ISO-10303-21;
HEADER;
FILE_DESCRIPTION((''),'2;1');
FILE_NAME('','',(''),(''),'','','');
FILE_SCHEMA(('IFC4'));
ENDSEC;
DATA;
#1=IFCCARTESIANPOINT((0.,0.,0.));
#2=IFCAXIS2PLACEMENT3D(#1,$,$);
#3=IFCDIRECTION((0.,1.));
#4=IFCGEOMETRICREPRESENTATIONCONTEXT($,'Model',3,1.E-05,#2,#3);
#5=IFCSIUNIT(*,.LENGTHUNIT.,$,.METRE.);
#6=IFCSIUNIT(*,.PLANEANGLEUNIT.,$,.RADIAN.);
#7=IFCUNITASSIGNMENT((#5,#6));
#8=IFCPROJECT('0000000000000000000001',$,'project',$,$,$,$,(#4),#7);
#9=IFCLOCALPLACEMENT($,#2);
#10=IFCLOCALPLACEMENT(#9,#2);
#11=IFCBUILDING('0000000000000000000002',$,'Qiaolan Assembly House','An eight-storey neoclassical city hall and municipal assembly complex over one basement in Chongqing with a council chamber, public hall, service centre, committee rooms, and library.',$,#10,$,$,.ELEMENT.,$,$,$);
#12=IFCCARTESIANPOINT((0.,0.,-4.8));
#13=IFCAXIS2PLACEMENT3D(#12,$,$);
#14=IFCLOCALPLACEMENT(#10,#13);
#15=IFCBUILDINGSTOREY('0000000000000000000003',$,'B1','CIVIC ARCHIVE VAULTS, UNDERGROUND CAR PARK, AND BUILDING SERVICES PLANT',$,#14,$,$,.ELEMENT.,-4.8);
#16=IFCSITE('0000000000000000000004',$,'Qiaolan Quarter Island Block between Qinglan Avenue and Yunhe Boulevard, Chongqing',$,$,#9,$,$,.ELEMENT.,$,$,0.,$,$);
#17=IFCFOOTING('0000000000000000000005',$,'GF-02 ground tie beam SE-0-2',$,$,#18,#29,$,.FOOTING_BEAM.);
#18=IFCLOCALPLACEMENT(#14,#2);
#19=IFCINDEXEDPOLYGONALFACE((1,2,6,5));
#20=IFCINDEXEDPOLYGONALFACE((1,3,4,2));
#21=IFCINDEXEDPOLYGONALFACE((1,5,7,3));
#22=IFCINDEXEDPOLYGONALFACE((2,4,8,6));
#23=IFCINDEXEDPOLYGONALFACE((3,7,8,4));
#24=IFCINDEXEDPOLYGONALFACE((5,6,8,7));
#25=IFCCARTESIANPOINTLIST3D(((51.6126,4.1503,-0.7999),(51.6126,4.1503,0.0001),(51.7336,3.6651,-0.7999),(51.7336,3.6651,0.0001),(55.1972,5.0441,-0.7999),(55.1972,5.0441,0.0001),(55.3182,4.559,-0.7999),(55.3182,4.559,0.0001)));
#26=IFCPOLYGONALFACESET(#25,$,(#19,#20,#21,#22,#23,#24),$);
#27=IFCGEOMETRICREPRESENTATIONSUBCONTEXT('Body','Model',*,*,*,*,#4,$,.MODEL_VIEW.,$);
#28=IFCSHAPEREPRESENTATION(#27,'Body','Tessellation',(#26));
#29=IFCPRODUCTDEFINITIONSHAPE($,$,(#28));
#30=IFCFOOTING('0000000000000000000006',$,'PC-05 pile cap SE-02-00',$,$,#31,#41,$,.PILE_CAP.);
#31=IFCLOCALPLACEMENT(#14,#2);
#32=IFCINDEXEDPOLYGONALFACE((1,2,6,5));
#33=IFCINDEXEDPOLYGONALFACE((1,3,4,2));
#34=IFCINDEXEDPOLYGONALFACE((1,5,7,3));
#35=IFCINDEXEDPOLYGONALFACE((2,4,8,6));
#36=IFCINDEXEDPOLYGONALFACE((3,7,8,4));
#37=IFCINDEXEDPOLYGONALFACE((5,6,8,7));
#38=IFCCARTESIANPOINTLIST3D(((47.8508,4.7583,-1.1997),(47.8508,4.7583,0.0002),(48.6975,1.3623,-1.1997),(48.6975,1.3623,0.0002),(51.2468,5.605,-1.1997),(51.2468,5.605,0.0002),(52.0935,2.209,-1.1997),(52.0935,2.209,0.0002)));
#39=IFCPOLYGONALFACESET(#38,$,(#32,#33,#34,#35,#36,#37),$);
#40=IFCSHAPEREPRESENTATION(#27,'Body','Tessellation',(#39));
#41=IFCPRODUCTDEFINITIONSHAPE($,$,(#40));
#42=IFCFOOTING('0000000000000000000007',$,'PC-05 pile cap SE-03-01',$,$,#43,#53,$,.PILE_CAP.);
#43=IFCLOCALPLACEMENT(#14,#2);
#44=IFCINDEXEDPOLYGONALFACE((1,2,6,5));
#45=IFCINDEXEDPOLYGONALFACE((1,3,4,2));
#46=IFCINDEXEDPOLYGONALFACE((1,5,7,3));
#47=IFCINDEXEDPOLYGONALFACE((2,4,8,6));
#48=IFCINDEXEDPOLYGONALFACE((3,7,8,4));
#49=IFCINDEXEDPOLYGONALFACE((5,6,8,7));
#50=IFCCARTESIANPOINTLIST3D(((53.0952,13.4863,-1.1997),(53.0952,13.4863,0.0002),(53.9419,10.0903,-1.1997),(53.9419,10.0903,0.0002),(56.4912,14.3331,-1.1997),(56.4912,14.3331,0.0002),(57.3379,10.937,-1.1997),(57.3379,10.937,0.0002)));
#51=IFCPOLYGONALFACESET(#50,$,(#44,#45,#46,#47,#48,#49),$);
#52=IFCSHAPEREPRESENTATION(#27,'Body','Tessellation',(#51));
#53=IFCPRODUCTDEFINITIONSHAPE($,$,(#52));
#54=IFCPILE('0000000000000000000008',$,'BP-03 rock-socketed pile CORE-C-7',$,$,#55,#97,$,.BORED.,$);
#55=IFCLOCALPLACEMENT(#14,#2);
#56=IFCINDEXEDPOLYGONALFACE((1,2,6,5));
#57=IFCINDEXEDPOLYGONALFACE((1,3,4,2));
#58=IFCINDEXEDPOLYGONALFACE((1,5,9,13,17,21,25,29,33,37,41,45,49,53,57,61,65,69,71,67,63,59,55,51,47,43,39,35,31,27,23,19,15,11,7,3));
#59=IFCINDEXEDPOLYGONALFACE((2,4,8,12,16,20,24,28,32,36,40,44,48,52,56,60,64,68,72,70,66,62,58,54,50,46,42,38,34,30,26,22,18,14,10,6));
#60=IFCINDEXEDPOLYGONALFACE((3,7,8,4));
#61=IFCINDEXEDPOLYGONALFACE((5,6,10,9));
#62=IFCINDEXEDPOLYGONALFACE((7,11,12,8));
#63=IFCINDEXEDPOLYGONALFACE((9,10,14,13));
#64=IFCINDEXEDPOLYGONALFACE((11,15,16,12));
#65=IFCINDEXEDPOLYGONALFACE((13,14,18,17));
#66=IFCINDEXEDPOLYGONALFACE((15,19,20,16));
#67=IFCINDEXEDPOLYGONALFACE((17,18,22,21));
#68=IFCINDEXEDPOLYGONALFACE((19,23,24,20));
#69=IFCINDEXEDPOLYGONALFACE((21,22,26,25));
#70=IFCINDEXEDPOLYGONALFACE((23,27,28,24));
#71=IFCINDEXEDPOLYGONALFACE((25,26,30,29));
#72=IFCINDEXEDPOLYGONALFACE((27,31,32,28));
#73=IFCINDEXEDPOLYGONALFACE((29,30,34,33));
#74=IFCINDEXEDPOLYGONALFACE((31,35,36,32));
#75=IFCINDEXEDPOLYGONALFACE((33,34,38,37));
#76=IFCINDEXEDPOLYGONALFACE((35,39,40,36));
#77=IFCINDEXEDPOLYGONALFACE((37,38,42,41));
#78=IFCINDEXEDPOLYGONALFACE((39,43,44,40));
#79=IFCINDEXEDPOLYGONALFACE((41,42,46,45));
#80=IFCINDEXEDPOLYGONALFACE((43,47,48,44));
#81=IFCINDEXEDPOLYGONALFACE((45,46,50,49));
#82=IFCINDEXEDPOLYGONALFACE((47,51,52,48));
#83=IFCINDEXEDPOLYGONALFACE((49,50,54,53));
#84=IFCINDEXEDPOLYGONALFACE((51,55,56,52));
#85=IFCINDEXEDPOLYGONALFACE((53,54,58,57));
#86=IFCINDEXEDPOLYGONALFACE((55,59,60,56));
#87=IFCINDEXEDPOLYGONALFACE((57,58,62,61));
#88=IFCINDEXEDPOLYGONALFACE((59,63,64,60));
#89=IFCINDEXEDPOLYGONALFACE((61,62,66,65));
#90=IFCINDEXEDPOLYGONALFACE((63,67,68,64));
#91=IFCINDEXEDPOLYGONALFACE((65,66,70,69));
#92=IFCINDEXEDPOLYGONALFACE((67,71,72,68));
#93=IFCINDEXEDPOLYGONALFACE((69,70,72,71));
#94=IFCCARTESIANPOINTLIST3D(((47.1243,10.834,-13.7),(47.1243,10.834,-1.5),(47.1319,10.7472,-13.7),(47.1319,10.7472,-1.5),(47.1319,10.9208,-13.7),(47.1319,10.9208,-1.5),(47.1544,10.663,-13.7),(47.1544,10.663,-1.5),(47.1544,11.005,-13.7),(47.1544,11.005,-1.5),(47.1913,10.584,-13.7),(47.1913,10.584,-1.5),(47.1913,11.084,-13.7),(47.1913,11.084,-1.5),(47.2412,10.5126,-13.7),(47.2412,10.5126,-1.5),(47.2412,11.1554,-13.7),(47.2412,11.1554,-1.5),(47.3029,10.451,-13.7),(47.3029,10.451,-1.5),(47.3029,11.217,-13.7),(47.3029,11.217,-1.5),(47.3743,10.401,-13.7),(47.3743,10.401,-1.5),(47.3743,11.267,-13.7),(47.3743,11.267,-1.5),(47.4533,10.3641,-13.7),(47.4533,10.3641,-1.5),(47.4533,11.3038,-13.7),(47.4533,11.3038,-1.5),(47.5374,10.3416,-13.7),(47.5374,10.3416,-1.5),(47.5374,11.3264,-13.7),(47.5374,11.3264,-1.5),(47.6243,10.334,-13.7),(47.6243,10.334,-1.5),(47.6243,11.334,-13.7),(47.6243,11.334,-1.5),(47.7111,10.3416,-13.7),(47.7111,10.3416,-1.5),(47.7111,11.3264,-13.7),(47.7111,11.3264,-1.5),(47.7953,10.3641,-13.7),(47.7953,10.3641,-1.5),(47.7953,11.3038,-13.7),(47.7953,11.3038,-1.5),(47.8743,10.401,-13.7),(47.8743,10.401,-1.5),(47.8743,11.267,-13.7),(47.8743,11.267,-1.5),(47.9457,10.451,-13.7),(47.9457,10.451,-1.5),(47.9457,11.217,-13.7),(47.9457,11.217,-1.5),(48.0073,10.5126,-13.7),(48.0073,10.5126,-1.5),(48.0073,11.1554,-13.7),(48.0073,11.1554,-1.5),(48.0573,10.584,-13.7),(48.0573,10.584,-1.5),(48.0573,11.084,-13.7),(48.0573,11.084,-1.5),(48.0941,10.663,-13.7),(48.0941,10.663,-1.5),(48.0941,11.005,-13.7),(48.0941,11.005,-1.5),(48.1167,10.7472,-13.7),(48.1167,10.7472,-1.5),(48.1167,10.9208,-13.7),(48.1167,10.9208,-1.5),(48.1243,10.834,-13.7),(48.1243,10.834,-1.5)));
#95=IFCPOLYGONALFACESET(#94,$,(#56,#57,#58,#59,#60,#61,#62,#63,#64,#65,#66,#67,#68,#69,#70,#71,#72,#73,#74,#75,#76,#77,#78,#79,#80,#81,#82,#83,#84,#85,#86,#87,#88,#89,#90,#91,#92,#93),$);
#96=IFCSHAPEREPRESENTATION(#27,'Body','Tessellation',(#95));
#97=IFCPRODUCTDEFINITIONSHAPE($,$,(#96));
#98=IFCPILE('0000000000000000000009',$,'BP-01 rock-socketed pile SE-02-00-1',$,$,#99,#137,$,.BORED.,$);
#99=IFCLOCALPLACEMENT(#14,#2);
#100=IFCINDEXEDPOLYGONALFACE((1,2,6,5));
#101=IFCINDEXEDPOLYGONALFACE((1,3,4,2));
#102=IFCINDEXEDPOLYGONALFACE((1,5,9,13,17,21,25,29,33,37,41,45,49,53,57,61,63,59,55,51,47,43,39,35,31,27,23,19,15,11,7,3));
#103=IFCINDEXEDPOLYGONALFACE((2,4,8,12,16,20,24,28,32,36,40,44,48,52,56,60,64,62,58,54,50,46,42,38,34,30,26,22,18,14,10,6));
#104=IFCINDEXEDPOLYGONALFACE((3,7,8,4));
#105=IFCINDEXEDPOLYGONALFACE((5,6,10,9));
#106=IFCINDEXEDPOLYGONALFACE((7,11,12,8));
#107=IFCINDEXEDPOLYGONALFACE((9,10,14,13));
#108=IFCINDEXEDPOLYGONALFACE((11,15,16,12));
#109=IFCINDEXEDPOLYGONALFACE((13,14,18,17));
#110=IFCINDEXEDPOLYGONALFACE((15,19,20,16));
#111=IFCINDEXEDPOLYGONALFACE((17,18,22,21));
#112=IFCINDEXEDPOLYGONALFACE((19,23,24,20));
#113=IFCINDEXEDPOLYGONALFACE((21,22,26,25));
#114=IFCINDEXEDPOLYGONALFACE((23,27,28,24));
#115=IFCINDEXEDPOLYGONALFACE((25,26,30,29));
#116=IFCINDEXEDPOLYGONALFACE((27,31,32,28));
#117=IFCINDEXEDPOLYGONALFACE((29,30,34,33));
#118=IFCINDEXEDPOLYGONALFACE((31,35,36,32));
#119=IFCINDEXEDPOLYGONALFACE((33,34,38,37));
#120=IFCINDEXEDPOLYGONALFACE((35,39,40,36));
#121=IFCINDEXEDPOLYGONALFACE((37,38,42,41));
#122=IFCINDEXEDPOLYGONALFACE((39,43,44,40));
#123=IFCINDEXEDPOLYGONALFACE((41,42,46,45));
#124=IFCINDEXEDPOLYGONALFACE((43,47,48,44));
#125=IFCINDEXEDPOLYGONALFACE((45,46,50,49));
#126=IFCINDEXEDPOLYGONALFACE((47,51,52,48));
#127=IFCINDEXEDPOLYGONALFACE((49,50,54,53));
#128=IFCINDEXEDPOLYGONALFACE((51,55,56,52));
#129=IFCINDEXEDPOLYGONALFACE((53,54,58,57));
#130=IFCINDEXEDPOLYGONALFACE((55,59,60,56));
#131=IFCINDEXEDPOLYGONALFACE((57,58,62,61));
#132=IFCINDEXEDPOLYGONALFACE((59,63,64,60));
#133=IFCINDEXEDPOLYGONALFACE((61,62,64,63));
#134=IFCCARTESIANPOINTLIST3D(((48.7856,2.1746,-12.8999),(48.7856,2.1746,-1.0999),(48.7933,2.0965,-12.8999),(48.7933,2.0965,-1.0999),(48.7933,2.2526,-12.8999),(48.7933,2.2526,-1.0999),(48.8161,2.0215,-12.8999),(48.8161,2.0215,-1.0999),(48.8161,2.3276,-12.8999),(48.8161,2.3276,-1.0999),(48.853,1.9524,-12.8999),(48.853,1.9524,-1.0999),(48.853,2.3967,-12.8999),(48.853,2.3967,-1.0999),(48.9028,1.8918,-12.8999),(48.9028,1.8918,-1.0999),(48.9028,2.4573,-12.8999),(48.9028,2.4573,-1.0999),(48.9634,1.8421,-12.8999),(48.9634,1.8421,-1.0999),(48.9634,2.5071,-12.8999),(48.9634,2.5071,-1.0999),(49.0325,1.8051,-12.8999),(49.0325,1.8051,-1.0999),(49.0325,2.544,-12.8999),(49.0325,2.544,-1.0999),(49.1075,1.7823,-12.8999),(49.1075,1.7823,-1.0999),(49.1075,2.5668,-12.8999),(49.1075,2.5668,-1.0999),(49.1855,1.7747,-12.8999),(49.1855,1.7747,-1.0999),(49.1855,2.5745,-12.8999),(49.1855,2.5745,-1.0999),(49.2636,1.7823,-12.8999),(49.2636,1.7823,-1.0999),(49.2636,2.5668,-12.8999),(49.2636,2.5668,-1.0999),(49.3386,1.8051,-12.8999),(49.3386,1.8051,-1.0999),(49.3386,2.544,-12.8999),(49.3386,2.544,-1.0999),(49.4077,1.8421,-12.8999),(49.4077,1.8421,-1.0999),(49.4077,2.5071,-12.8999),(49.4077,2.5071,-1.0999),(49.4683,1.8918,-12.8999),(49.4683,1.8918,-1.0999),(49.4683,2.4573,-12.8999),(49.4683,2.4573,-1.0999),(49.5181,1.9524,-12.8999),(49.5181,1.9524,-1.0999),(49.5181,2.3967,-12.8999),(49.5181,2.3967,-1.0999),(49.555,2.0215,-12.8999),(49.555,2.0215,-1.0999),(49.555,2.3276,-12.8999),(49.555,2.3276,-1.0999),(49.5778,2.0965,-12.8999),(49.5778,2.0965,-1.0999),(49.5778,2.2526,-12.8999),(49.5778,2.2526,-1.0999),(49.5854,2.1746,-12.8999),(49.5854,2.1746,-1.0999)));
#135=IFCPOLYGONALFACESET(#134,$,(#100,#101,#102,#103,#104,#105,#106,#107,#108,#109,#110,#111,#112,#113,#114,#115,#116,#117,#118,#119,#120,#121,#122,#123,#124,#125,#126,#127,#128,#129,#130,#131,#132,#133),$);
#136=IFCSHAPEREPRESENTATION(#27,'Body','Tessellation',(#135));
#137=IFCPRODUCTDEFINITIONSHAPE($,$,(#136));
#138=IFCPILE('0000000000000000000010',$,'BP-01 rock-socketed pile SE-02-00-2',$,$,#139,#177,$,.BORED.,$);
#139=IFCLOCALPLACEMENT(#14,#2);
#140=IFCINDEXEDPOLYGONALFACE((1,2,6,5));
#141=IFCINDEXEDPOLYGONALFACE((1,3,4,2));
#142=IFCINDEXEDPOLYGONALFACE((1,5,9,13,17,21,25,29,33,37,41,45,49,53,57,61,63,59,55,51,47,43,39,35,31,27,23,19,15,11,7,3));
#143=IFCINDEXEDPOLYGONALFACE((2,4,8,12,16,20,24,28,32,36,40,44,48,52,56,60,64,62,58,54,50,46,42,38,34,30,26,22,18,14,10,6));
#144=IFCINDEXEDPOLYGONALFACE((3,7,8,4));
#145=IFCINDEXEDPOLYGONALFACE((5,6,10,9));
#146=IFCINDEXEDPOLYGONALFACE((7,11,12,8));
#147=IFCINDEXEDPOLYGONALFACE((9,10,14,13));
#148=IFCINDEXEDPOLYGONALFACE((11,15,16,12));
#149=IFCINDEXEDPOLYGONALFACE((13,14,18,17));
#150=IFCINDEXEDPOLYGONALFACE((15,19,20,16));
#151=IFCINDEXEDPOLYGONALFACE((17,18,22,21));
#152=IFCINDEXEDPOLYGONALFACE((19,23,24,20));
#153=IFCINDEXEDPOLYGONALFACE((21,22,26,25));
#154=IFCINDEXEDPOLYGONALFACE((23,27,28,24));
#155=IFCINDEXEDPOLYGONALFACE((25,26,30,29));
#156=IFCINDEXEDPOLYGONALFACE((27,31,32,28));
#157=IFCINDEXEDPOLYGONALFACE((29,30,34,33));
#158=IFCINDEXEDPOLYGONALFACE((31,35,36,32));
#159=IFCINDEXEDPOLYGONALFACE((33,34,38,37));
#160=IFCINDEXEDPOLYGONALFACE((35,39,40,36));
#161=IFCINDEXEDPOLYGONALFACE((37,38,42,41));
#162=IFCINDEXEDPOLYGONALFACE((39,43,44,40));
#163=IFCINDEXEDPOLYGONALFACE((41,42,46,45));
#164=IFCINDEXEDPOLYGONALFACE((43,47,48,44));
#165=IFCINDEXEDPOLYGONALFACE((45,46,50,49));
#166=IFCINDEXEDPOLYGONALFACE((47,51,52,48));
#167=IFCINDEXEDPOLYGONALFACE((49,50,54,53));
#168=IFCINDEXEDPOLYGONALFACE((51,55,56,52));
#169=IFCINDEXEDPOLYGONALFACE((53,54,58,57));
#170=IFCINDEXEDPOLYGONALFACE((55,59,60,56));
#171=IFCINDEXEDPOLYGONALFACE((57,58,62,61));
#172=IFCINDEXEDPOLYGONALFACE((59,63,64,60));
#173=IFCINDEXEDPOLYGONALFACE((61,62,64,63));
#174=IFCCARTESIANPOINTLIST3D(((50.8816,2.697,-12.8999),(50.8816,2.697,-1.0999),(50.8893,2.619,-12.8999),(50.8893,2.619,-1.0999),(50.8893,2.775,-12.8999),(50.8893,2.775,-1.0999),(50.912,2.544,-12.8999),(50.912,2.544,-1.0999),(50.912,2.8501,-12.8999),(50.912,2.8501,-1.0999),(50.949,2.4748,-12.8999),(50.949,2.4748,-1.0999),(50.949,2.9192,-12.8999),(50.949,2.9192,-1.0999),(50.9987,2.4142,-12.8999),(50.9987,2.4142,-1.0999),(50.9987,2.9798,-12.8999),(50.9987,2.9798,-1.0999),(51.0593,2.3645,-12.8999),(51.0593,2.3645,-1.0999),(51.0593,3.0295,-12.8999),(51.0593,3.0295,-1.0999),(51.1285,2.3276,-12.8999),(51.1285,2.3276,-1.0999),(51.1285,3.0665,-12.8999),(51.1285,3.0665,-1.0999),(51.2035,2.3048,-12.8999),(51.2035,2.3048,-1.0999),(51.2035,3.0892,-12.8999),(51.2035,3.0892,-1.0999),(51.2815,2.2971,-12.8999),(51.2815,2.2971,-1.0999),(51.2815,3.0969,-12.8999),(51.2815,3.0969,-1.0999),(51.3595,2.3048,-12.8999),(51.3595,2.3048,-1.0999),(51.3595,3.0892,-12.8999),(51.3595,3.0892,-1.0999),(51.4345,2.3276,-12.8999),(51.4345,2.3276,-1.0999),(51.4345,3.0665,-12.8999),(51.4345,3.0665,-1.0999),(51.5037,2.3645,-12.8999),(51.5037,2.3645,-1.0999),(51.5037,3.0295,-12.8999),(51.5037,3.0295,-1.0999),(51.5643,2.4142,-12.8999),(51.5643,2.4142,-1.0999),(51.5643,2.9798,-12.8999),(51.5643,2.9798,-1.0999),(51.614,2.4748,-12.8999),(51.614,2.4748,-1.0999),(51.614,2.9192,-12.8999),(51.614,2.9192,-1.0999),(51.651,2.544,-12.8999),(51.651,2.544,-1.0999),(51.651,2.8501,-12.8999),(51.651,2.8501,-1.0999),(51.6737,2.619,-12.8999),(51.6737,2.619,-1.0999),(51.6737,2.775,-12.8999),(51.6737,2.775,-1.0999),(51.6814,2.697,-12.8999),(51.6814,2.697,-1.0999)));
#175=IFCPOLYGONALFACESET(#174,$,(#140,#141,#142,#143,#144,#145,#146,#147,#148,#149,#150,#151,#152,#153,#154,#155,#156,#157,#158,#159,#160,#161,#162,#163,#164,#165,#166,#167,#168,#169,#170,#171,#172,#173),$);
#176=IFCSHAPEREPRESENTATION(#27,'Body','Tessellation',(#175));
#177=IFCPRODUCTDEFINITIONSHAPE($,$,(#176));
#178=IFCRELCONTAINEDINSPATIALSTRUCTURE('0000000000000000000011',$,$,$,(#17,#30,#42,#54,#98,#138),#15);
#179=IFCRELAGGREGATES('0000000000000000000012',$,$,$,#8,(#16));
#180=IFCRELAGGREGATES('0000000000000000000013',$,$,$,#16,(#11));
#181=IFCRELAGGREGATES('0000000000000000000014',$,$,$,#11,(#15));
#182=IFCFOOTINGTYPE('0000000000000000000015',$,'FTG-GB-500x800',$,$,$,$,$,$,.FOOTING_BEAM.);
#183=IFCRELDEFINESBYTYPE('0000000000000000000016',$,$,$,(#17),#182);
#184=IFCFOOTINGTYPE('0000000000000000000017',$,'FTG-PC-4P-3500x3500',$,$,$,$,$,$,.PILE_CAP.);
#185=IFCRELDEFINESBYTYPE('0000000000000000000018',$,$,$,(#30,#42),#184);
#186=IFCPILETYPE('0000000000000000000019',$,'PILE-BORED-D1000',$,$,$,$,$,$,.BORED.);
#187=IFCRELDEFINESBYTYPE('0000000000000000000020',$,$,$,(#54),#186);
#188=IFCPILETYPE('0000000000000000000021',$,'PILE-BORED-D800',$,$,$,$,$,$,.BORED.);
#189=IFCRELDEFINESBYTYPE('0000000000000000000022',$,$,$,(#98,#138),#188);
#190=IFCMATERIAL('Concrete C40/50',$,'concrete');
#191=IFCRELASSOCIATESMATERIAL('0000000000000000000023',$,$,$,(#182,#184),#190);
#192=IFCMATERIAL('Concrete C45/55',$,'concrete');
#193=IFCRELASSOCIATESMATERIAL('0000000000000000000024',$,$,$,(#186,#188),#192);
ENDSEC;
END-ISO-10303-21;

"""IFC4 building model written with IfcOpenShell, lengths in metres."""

from ifc_helpers import new_model, si_unit, direction, frame, origin, origin_2d, place, context, subcontext, project, spatial, rectangle, circle, extrude, material, material_profile, profile_set, type_object, element, save


model = new_model("IFC4")

# Units and contexts
model_context = context("Model", 3, precision=1e-05, world=origin(), true_north=direction((0.0, 1.0)))
body_context = subcontext(model_context, "Body", "Model", "MODEL_VIEW")
ifc_project = project(units=[si_unit("LENGTHUNIT", "METRE"), si_unit("PLANEANGLEUNIT", "RADIAN")], contexts=[model_context])

# Site, building, storey
site_placement = place(None, origin())
site = spatial("IfcSite", under=ifc_project, at=site_placement, Name="Qiaolan Quarter Island Block between Qinglan Avenue and Yunhe Boulevard, Chongqing", CompositionType="ELEMENT", RefElevation=0.0)
building_placement = place(site_placement, origin())
building = spatial("IfcBuilding", under=site, at=building_placement, Name="Qiaolan Assembly House", Description="An eight-storey neoclassical city hall and municipal assembly complex over one basement in Chongqing with a council chamber, public hall, service centre, committee rooms, and library.", CompositionType="ELEMENT")
storey_placement = place(building_placement, frame((0.0, 0.0, -4.8)))
storey = spatial("IfcBuildingStorey", under=building, at=storey_placement, Name="B1", Description="CIVIC ARCHIVE VAULTS, UNDERGROUND CAR PARK, AND BUILDING SERVICES PLANT", CompositionType="ELEMENT", Elevation=-4.8)

# Footings
ifc_material_1 = material(Name="Concrete C40/50", Category="concrete")
ifc_material_profile_1 = material_profile(ifc_material_1, rectangle(XDim=0.5, YDim=0.8, at=origin_2d()), Name="GF 500x800")
ifc_profile_set_1 = profile_set([ifc_material_profile_1], Name="Concrete C40/50")
footing_type_1 = type_object("IfcFootingType", Name="FTG-GB-500x800", PredefinedType="FOOTING_BEAM", material=ifc_profile_set_1)
footing_placement = place(storey_placement, frame((51.6731, 3.9077, -0.3999), z_axis=(0.97029, 0.241945, 0.0), x_axis=(-0.241945, 0.97029, 0.0)))
element("IfcFooting", 1, at=footing_placement, inside=storey, type_object=footing_type_1, Name="GF-02 ground tie beam SE-0-2", PredefinedType="FOOTING_BEAM", context=body_context, shape_type="SweptSolid", body=[
    extrude(rectangle(XDim=0.5, YDim=0.8, at=origin_2d()), origin(), (0.0, 0.0, 1.0), 3.6943),
])
footing_type_2 = type_object("IfcFootingType", Name="FTG-PC-4P-3500x3500", PredefinedType="PILE_CAP", material=ifc_material_1)
for number, where, z_axis, x_axis, name in (
    (2, (49.9722, 3.4836, -1.1997), (0.0, 0.0, 1.0), (0.970296, 0.241922, 0.0), "PC-05 pile cap SE-02-00"),
    (3, (55.2166, 12.2117, -1.1997), (0.0, 0.0, 1.0), (0.970296, 0.241922, 0.0), "PC-05 pile cap SE-03-01"),
):
    element("IfcFooting", number, at=place(storey_placement, frame(where, z_axis=z_axis, x_axis=x_axis)), inside=storey, type_object=footing_type_2, Name=name, PredefinedType="PILE_CAP", context=body_context, shape_type="SweptSolid", body=[
        extrude(rectangle(XDim=3.5, YDim=3.5, at=origin_2d()), origin(), (0.0, 0.0, 1.0), 1.2),
    ])

# Piles
ifc_material_2 = material(Name="Concrete C45/55", Category="concrete")
ifc_material_profile_2 = material_profile(ifc_material_2, circle(Radius=0.5, at=origin_2d()), Name="PILE D1000")
ifc_profile_set_2 = profile_set([ifc_material_profile_2], Name="Concrete C45/55")
pile_type_1 = type_object("IfcPileType", Name="PILE-BORED-D1000", PredefinedType="BORED", material=ifc_profile_set_2)
pile_placement = place(storey_placement, frame((47.6243, 10.834, -1.5), z_axis=(0.0, 0.0, -1.0), x_axis=(1.0, 0.0, 0.0)))
element("IfcPile", 4, at=pile_placement, inside=storey, type_object=pile_type_1, Name="BP-03 rock-socketed pile CORE-C-7", PredefinedType="BORED", context=body_context, shape_type="SweptSolid", body=[
    extrude(circle(Radius=0.5, at=origin_2d()), origin(), (0.0, 0.0, 1.0), 12.2),
])
ifc_material_profile_3 = material_profile(ifc_material_2, circle(Radius=0.3999, at=origin_2d()), Name="PILE D800")
ifc_profile_set_3 = profile_set([ifc_material_profile_3], Name="Concrete C45/55")
pile_type_2 = type_object("IfcPileType", Name="PILE-BORED-D800", PredefinedType="BORED", material=ifc_profile_set_3)
for number, where, z_axis, x_axis, name in (
    (5, (49.1855, 2.1746, -1.0999), (0.0, 0.0, -1.0), (1.0, 0.0, 0.0), "BP-01 rock-socketed pile SE-02-00-1"),
    (6, (51.2815, 2.697, -1.0999), (0.0, 0.0, -1.0), (1.0, 0.0, 0.0), "BP-01 rock-socketed pile SE-02-00-2"),
):
    element("IfcPile", number, at=place(storey_placement, frame(where, z_axis=z_axis, x_axis=x_axis)), inside=storey, type_object=pile_type_2, Name=name, PredefinedType="BORED", context=body_context, shape_type="SweptSolid", body=[
        extrude(circle(Radius=0.3999, at=origin_2d()), origin(), (0.0, 0.0, 1.0), 11.8),
    ])

save(model, "model.ifc")
